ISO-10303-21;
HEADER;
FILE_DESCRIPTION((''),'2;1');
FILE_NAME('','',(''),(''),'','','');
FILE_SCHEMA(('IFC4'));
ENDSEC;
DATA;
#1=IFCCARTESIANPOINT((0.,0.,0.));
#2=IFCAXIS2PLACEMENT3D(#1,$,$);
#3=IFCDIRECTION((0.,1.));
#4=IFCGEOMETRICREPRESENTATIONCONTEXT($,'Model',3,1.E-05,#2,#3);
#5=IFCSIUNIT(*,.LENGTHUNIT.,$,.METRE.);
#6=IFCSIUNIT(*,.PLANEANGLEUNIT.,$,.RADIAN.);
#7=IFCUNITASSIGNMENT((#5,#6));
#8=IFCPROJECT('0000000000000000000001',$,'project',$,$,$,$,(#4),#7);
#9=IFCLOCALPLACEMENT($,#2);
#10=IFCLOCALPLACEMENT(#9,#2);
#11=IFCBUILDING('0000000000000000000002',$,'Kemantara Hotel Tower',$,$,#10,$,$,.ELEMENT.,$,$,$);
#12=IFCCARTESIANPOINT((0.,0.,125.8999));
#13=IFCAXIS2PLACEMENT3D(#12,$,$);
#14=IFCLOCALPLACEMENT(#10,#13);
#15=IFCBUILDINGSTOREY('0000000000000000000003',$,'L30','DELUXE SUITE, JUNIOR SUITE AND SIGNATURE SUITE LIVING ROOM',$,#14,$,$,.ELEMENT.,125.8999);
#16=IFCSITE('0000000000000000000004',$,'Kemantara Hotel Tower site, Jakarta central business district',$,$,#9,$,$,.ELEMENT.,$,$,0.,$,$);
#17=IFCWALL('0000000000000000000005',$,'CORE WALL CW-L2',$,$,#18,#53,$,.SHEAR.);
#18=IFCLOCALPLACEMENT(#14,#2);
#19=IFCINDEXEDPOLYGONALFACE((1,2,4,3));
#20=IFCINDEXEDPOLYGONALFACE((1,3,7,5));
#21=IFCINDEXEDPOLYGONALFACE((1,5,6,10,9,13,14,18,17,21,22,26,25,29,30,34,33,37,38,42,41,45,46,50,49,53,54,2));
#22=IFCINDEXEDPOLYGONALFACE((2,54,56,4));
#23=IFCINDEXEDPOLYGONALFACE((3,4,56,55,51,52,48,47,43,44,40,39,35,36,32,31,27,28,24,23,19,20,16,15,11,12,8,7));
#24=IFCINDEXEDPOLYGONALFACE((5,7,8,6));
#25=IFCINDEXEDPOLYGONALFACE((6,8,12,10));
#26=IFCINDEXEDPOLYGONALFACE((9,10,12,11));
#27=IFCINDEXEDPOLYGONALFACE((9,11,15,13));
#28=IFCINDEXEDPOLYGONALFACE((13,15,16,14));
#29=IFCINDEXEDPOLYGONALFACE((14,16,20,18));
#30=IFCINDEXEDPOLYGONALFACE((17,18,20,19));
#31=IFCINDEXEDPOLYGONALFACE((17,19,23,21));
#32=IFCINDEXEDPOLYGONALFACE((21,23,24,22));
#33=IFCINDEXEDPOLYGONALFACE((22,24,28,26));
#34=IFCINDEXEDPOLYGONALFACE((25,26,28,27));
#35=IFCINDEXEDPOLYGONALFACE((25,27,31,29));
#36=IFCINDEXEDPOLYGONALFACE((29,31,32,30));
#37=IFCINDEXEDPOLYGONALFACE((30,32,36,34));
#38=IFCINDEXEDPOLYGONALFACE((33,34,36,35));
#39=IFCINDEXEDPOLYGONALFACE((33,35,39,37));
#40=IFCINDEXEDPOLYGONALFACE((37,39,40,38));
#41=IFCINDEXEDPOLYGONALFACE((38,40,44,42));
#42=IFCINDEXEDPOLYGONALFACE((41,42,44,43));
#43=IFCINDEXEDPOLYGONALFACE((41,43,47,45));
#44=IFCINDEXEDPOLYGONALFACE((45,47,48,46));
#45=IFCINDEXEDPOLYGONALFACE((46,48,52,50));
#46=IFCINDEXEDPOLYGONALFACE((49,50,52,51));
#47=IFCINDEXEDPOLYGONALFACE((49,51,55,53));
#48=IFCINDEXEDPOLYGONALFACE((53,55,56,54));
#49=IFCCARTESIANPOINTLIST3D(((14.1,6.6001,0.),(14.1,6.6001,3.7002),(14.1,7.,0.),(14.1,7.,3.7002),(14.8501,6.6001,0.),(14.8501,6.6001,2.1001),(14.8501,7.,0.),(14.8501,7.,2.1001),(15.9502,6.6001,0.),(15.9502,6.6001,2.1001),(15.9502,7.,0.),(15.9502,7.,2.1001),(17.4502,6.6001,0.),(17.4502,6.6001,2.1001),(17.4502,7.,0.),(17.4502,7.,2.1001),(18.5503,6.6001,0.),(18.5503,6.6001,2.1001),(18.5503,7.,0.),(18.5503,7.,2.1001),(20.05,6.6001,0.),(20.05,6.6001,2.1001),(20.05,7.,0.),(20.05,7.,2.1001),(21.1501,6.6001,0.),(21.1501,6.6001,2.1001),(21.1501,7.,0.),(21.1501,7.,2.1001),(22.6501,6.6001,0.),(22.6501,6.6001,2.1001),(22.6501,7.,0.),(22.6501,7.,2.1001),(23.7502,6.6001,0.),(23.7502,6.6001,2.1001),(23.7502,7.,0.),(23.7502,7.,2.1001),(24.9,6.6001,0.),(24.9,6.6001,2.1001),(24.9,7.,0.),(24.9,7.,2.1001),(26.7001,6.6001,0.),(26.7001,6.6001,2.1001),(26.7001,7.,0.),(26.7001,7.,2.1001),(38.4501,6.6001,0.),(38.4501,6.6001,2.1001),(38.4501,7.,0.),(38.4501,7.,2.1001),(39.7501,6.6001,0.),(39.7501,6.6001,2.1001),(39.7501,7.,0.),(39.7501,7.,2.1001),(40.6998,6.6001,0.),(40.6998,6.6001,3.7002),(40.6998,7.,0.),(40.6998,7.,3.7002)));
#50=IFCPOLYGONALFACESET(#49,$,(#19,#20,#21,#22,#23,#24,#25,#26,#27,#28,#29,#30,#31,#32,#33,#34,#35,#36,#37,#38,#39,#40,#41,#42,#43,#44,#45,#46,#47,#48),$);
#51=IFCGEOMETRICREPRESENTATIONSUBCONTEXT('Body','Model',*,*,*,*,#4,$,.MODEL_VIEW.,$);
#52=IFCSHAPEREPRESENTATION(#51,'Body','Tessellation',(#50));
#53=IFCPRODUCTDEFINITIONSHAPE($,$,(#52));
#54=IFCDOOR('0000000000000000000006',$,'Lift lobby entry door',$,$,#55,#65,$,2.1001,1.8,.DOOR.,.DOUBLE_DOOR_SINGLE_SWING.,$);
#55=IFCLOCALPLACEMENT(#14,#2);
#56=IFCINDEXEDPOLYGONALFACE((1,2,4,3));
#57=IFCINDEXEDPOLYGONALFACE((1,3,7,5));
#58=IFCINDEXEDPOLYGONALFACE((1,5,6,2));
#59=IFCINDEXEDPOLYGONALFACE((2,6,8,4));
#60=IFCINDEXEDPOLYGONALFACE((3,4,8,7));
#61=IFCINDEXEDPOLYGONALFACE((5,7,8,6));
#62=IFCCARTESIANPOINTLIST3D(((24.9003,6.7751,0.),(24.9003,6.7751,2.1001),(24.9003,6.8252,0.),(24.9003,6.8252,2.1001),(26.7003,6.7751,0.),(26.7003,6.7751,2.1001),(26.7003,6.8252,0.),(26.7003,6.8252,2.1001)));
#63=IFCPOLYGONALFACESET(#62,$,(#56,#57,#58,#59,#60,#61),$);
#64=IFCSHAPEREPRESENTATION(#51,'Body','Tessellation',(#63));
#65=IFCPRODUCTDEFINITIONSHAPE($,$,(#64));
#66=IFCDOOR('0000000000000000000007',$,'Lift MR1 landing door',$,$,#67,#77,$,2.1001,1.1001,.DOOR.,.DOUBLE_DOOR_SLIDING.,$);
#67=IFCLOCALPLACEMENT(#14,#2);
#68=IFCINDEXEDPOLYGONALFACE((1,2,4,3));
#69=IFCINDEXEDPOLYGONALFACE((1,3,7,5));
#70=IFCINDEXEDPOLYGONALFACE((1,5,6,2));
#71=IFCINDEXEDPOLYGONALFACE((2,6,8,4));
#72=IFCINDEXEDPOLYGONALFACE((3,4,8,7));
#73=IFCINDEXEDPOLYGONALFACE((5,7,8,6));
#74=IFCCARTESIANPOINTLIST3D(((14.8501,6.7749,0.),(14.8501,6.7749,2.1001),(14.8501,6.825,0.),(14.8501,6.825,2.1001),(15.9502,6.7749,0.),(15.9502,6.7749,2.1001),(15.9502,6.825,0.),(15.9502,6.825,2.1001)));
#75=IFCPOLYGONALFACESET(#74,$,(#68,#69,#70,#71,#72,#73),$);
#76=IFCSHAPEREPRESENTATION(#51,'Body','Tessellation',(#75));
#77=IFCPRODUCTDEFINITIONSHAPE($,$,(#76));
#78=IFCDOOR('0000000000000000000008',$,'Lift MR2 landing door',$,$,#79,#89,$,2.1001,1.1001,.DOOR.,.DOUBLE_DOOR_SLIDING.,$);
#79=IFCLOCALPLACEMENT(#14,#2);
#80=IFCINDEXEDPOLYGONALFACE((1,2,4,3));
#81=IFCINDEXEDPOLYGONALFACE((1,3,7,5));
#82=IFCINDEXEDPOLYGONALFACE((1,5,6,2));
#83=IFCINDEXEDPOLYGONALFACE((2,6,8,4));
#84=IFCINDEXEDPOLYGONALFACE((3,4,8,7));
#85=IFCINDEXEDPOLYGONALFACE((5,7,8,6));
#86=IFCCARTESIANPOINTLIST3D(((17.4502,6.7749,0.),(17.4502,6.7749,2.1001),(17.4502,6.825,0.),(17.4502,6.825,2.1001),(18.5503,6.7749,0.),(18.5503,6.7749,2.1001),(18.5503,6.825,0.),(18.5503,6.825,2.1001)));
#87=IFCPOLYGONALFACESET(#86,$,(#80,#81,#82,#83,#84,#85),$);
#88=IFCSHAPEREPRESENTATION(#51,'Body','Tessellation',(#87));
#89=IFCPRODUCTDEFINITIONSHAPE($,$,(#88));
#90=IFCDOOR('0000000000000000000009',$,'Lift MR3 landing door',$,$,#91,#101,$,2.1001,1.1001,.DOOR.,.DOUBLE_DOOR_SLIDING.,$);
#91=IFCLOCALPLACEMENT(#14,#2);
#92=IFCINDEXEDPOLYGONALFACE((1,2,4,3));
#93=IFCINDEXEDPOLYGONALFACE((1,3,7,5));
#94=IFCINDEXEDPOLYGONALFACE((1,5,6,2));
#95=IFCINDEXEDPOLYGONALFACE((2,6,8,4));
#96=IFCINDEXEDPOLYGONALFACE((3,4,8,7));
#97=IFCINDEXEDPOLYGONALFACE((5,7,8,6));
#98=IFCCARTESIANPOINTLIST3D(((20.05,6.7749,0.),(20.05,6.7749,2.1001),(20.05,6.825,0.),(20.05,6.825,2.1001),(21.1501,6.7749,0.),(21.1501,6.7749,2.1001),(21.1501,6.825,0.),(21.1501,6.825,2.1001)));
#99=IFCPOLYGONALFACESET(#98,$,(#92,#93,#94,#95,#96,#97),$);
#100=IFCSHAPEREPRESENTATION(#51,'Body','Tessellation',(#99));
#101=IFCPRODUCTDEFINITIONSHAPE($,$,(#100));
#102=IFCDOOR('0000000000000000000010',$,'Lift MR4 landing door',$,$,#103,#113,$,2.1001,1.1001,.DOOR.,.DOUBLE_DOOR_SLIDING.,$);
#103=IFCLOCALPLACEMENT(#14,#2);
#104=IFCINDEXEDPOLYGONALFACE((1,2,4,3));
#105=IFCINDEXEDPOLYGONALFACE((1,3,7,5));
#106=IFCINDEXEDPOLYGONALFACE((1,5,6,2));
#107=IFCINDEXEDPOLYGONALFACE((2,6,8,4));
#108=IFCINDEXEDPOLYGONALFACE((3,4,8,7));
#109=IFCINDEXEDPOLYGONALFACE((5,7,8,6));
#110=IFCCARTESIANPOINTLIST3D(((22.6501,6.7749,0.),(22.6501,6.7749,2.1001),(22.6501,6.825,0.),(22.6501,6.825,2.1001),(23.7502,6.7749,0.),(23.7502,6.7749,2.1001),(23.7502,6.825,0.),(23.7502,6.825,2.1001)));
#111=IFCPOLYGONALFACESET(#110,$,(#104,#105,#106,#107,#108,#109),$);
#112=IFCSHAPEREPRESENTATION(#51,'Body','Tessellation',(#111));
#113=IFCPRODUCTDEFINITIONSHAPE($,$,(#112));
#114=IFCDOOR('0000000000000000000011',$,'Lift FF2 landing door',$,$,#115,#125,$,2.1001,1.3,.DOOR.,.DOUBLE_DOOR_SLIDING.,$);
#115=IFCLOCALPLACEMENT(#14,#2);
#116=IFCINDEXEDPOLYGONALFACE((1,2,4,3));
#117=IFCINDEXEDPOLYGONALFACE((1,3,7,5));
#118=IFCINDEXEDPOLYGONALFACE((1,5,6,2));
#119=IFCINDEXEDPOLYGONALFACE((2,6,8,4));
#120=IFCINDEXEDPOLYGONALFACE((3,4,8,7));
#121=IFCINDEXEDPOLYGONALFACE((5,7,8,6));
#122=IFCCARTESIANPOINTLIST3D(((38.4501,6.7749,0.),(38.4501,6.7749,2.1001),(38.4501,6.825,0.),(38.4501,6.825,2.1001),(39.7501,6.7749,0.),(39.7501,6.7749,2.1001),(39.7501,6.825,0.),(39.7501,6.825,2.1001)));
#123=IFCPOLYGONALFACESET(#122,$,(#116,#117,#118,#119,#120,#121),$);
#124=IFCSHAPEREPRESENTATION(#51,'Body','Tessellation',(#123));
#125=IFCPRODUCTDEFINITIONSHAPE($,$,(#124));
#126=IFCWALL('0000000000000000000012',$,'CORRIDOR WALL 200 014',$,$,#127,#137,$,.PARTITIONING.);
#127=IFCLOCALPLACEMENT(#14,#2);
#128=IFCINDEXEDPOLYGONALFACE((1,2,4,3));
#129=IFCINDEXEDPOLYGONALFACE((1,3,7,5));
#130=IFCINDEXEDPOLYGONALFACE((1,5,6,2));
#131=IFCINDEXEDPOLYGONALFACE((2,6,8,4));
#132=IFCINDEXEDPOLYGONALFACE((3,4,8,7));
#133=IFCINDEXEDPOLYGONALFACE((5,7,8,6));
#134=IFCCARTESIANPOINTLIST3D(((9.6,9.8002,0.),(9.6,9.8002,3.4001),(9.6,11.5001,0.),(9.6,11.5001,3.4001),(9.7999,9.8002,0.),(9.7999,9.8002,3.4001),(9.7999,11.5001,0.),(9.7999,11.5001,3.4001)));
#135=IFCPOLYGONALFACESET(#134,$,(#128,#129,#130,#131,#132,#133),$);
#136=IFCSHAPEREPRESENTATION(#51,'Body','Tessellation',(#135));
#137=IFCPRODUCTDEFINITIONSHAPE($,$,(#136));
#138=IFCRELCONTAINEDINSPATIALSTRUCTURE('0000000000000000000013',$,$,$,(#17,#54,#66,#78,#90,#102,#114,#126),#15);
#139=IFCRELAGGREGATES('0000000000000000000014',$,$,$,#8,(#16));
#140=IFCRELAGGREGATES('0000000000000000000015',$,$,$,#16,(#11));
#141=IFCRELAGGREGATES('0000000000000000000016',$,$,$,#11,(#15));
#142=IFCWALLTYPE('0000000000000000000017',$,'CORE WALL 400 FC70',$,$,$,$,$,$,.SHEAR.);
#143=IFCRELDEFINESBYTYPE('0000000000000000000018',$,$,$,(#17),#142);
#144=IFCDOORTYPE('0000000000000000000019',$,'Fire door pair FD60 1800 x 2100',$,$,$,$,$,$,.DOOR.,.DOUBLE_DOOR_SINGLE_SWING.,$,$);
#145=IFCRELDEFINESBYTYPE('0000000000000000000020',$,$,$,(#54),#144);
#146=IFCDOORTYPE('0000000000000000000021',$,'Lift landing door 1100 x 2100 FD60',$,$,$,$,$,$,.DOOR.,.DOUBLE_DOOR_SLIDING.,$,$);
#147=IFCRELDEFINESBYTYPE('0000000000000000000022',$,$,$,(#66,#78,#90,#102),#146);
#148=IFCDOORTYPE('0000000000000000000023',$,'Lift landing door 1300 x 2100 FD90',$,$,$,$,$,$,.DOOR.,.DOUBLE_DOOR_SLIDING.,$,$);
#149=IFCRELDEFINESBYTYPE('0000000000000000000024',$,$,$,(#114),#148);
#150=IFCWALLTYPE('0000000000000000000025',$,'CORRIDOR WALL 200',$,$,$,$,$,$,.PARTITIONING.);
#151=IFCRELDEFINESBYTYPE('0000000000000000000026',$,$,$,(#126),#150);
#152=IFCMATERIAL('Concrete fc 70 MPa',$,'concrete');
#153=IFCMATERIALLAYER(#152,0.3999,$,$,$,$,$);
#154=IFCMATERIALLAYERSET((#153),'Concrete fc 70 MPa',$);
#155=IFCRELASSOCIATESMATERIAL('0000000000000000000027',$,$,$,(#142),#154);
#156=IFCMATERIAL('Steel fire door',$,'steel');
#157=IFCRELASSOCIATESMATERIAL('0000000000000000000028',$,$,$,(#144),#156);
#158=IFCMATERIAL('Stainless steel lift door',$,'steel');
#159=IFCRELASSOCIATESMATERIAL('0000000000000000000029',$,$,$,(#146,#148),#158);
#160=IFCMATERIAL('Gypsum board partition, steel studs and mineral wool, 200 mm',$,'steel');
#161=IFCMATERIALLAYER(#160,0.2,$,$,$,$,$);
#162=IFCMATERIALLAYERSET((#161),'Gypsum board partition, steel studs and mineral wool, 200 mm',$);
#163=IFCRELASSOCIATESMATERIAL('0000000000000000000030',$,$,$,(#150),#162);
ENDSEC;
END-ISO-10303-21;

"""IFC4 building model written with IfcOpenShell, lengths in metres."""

from ifc_helpers import new_model, si_unit, direction, frame, frame_2d, origin, place, context, subcontext, project, spatial, rectangle, extrude, material, layer, layer_set, type_object, element, fill, save


model = new_model("IFC4")

# Units and contexts
model_context = context("Model", 3, precision=1e-05, world=origin(), true_north=direction((0.0, 1.0)))
body_context = subcontext(model_context, "Body", "Model", "MODEL_VIEW")
ifc_project = project(units=[si_unit("LENGTHUNIT", "METRE"), si_unit("PLANEANGLEUNIT", "RADIAN")], contexts=[model_context])

# Site, building, storey
site_placement = place(None, origin())
site = spatial("IfcSite", under=ifc_project, at=site_placement, Name="Kemantara Hotel Tower site, Jakarta central business district", CompositionType="ELEMENT", RefElevation=0.0)
building_placement = place(site_placement, origin())
building = spatial("IfcBuilding", under=site, at=building_placement, Name="Kemantara Hotel Tower", CompositionType="ELEMENT")
storey_placement = place(building_placement, frame((0.0, 0.0, 125.8999)))
storey = spatial("IfcBuildingStorey", under=building, at=storey_placement, Name="L30", Description="DELUXE SUITE, JUNIOR SUITE AND SIGNATURE SUITE LIVING ROOM", CompositionType="ELEMENT", Elevation=125.8999)

# Shared definitions
ifc_material_1 = material(Name="Concrete fc 70 MPa", Category="concrete")

# Shared definitions
ifc_layer_1 = layer(ifc_material_1, 0.3999)
ifc_layer_set_1 = layer_set([ifc_layer_1], Name="Concrete fc 70 MPa")
wall_type_1 = type_object("IfcWallType", Name="CORE WALL 400 FC70", PredefinedType="SHEAR", material=ifc_layer_set_1)
ifc_material_2 = material(Name="Steel fire door", Category="steel")

# Wall, openings, doors
wall_1_placement = place(storey_placement, frame((14.1001, 6.8, 0.0), z_axis=(0.0, 0.0, 1.0), x_axis=(1.0, 0.0, 0.0)))
wall_1 = element("IfcWall", 1, at=wall_1_placement, inside=storey, type_object=wall_type_1, Name="CORE WALL CW-L2", PredefinedType="SHEAR", context=body_context, shape_type="SweptSolid", body=[
    extrude(rectangle(XDim=26.5999, YDim=0.3999, at=frame_2d((13.2998, 0.0))), origin(), (0.0, 0.0, 1.0), 3.7002),
])
opening_1_placement = place(wall_1_placement, frame((10.8, 0.0, 0.0)))
opening_1 = element("IfcOpeningElement", 2, at=opening_1_placement, cuts=wall_1, PredefinedType="OPENING", context=body_context, shape_type="SweptSolid", body=[
    extrude(rectangle(XDim=1.8, YDim=2.1001, at=frame_2d((0.8999, 1.05))), frame((0.0, 0.21, 0.0), z_axis=(0.0, -1.0, 0.0), x_axis=(1.0, 0.0, 0.0)), (0.0, 0.0, 1.0), 0.4199),
])
opening_2_placement = place(wall_1_placement, frame((0.75, 0.0, 0.0)))
opening_2 = element("IfcOpeningElement", 3, at=opening_2_placement, cuts=wall_1, PredefinedType="OPENING", context=body_context, shape_type="SweptSolid", body=[
    extrude(rectangle(XDim=1.1001, YDim=2.1001, at=frame_2d((0.55, 1.05))), frame((0.0, 0.21, 0.0), z_axis=(0.0, -1.0, 0.0), x_axis=(1.0, 0.0, 0.0)), (0.0, 0.0, 1.0), 0.4199),
])
opening_3_placement = place(wall_1_placement, frame((3.3501, 0.0, 0.0)))
opening_3 = element("IfcOpeningElement", 4, at=opening_3_placement, cuts=wall_1, PredefinedType="OPENING", context=body_context, shape_type="SweptSolid", body=[
    extrude(rectangle(XDim=1.1001, YDim=2.1001, at=frame_2d((0.55, 1.05))), frame((0.0, 0.21, 0.0), z_axis=(0.0, -1.0, 0.0), x_axis=(1.0, 0.0, 0.0)), (0.0, 0.0, 1.0), 0.4199),
])
opening_4_placement = place(wall_1_placement, frame((5.95, 0.0, 0.0)))
opening_4 = element("IfcOpeningElement", 5, at=opening_4_placement, cuts=wall_1, PredefinedType="OPENING", context=body_context, shape_type="SweptSolid", body=[
    extrude(rectangle(XDim=1.1001, YDim=2.1001, at=frame_2d((0.55, 1.05))), frame((0.0, 0.21, 0.0), z_axis=(0.0, -1.0, 0.0), x_axis=(1.0, 0.0, 0.0)), (0.0, 0.0, 1.0), 0.4199),
])
opening_5_placement = place(wall_1_placement, frame((8.55, 0.0, 0.0)))
opening_5 = element("IfcOpeningElement", 6, at=opening_5_placement, cuts=wall_1, PredefinedType="OPENING", context=body_context, shape_type="SweptSolid", body=[
    extrude(rectangle(XDim=1.1001, YDim=2.1001, at=frame_2d((0.55, 1.05))), frame((0.0, 0.21, 0.0), z_axis=(0.0, -1.0, 0.0), x_axis=(1.0, 0.0, 0.0)), (0.0, 0.0, 1.0), 0.4199),
])
opening_6_placement = place(wall_1_placement, frame((24.3501, 0.0, 0.0)))
opening_6 = element("IfcOpeningElement", 7, at=opening_6_placement, cuts=wall_1, PredefinedType="OPENING", context=body_context, shape_type="SweptSolid", body=[
    extrude(rectangle(XDim=1.3, YDim=2.1001, at=frame_2d((0.6499, 1.05))), frame((0.0, 0.21, 0.0), z_axis=(0.0, -1.0, 0.0), x_axis=(1.0, 0.0, 0.0)), (0.0, 0.0, 1.0), 0.4199),
])
door_type_1 = type_object("IfcDoorType", Name="Fire door pair FD60 1800 x 2100", OperationType="DOUBLE_DOOR_SINGLE_SWING", PredefinedType="DOOR", material=ifc_material_2)
door_1_placement = place(opening_1_placement, frame((1.8, 0.0, 0.0), z_axis=(0.0, 0.0, 1.0), x_axis=(-1.0, 0.0, 0.0)))
door_1 = element("IfcDoor", 8, at=door_1_placement, inside=storey, type_object=door_type_1, Name="Lift lobby entry door", OperationType="DOUBLE_DOOR_SINGLE_SWING", OverallHeight=2.1001, OverallWidth=1.8, PredefinedType="DOOR", context=body_context, shape_type="SweptSolid", body=[
    extrude(rectangle(XDim=1.8, YDim=2.1001, at=frame_2d((0.8999, 1.05))), frame((0.0, 0.0249, 0.0), z_axis=(0.0, -1.0, 0.0), x_axis=(1.0, 0.0, 0.0)), (0.0, 0.0, 1.0), 0.05),
])
fill(opening_1, door_1)
ifc_material_3 = material(Name="Stainless steel lift door", Category="steel")
door_type_2 = type_object("IfcDoorType", Name="Lift landing door 1100 x 2100 FD60", OperationType="DOUBLE_DOOR_SLIDING", PredefinedType="DOOR", material=ifc_material_3)
door_2_placement = place(opening_2_placement, origin())
door_2 = element("IfcDoor", 9, at=door_2_placement, inside=storey, type_object=door_type_2, Name="Lift MR1 landing door", OperationType="DOUBLE_DOOR_SLIDING", OverallHeight=2.1001, OverallWidth=1.1001, PredefinedType="DOOR", context=body_context, shape_type="SweptSolid", body=[
    extrude(rectangle(XDim=1.1001, YDim=2.1001, at=frame_2d((0.55, 1.05))), frame((0.0, 0.0249, 0.0), z_axis=(0.0, -1.0, 0.0), x_axis=(1.0, 0.0, 0.0)), (0.0, 0.0, 1.0), 0.05),
])
fill(opening_2, door_2)
door_3_placement = place(opening_3_placement, origin())
door_3 = element("IfcDoor", 10, at=door_3_placement, inside=storey, type_object=door_type_2, Name="Lift MR2 landing door", OperationType="DOUBLE_DOOR_SLIDING", OverallHeight=2.1001, OverallWidth=1.1001, PredefinedType="DOOR", context=body_context, shape_type="SweptSolid", body=[
    extrude(rectangle(XDim=1.1001, YDim=2.1001, at=frame_2d((0.55, 1.05))), frame((0.0, 0.0249, 0.0), z_axis=(0.0, -1.0, 0.0), x_axis=(1.0, 0.0, 0.0)), (0.0, 0.0, 1.0), 0.05),
])
fill(opening_3, door_3)
door_4_placement = place(opening_4_placement, origin())
door_4 = element("IfcDoor", 11, at=door_4_placement, inside=storey, type_object=door_type_2, Name="Lift MR3 landing door", OperationType="DOUBLE_DOOR_SLIDING", OverallHeight=2.1001, OverallWidth=1.1001, PredefinedType="DOOR", context=body_context, shape_type="SweptSolid", body=[
    extrude(rectangle(XDim=1.1001, YDim=2.1001, at=frame_2d((0.55, 1.05))), frame((0.0, 0.0249, 0.0), z_axis=(0.0, -1.0, 0.0), x_axis=(1.0, 0.0, 0.0)), (0.0, 0.0, 1.0), 0.05),
])
fill(opening_4, door_4)
door_5_placement = place(opening_5_placement, origin())
door_5 = element("IfcDoor", 12, at=door_5_placement, inside=storey, type_object=door_type_2, Name="Lift MR4 landing door", OperationType="DOUBLE_DOOR_SLIDING", OverallHeight=2.1001, OverallWidth=1.1001, PredefinedType="DOOR", context=body_context, shape_type="SweptSolid", body=[
    extrude(rectangle(XDim=1.1001, YDim=2.1001, at=frame_2d((0.55, 1.05))), frame((0.0, 0.0249, 0.0), z_axis=(0.0, -1.0, 0.0), x_axis=(1.0, 0.0, 0.0)), (0.0, 0.0, 1.0), 0.05),
])
fill(opening_5, door_5)
door_type_3 = type_object("IfcDoorType", Name="Lift landing door 1300 x 2100 FD90", OperationType="DOUBLE_DOOR_SLIDING", PredefinedType="DOOR", material=ifc_material_3)
door_6_placement = place(opening_6_placement, origin())
door_6 = element("IfcDoor", 13, at=door_6_placement, inside=storey, type_object=door_type_3, Name="Lift FF2 landing door", OperationType="DOUBLE_DOOR_SLIDING", OverallHeight=2.1001, OverallWidth=1.3, PredefinedType="DOOR", context=body_context, shape_type="SweptSolid", body=[
    extrude(rectangle(XDim=1.3, YDim=2.1001, at=frame_2d((0.6499, 1.05))), frame((0.0, 0.0249, 0.0), z_axis=(0.0, -1.0, 0.0), x_axis=(1.0, 0.0, 0.0)), (0.0, 0.0, 1.0), 0.05),
])
fill(opening_6, door_6)

# Wall
ifc_material_4 = material(Name="Gypsum board partition, steel studs and mineral wool, 200 mm", Category="steel")
ifc_layer_2 = layer(ifc_material_4, 0.2)
ifc_layer_set_2 = layer_set([ifc_layer_2], Name="Gypsum board partition, steel studs and mineral wool, 200 mm")
wall_type_2 = type_object("IfcWallType", Name="CORRIDOR WALL 200", PredefinedType="PARTITIONING", material=ifc_layer_set_2)
wall_2_placement = place(storey_placement, frame((9.7, 9.8, 0.0), z_axis=(0.0, 0.0, 1.0), x_axis=(0.0, 1.0, 0.0)))
element("IfcWall", 14, at=wall_2_placement, inside=storey, type_object=wall_type_2, Name="CORRIDOR WALL 200 014", PredefinedType="PARTITIONING", context=body_context, shape_type="SweptSolid", body=[
    extrude(rectangle(XDim=1.7, YDim=0.2, at=frame_2d((0.8501, 0.0))), origin(), (0.0, 0.0, 1.0), 3.4001),
])

save(model, "model.ifc")
